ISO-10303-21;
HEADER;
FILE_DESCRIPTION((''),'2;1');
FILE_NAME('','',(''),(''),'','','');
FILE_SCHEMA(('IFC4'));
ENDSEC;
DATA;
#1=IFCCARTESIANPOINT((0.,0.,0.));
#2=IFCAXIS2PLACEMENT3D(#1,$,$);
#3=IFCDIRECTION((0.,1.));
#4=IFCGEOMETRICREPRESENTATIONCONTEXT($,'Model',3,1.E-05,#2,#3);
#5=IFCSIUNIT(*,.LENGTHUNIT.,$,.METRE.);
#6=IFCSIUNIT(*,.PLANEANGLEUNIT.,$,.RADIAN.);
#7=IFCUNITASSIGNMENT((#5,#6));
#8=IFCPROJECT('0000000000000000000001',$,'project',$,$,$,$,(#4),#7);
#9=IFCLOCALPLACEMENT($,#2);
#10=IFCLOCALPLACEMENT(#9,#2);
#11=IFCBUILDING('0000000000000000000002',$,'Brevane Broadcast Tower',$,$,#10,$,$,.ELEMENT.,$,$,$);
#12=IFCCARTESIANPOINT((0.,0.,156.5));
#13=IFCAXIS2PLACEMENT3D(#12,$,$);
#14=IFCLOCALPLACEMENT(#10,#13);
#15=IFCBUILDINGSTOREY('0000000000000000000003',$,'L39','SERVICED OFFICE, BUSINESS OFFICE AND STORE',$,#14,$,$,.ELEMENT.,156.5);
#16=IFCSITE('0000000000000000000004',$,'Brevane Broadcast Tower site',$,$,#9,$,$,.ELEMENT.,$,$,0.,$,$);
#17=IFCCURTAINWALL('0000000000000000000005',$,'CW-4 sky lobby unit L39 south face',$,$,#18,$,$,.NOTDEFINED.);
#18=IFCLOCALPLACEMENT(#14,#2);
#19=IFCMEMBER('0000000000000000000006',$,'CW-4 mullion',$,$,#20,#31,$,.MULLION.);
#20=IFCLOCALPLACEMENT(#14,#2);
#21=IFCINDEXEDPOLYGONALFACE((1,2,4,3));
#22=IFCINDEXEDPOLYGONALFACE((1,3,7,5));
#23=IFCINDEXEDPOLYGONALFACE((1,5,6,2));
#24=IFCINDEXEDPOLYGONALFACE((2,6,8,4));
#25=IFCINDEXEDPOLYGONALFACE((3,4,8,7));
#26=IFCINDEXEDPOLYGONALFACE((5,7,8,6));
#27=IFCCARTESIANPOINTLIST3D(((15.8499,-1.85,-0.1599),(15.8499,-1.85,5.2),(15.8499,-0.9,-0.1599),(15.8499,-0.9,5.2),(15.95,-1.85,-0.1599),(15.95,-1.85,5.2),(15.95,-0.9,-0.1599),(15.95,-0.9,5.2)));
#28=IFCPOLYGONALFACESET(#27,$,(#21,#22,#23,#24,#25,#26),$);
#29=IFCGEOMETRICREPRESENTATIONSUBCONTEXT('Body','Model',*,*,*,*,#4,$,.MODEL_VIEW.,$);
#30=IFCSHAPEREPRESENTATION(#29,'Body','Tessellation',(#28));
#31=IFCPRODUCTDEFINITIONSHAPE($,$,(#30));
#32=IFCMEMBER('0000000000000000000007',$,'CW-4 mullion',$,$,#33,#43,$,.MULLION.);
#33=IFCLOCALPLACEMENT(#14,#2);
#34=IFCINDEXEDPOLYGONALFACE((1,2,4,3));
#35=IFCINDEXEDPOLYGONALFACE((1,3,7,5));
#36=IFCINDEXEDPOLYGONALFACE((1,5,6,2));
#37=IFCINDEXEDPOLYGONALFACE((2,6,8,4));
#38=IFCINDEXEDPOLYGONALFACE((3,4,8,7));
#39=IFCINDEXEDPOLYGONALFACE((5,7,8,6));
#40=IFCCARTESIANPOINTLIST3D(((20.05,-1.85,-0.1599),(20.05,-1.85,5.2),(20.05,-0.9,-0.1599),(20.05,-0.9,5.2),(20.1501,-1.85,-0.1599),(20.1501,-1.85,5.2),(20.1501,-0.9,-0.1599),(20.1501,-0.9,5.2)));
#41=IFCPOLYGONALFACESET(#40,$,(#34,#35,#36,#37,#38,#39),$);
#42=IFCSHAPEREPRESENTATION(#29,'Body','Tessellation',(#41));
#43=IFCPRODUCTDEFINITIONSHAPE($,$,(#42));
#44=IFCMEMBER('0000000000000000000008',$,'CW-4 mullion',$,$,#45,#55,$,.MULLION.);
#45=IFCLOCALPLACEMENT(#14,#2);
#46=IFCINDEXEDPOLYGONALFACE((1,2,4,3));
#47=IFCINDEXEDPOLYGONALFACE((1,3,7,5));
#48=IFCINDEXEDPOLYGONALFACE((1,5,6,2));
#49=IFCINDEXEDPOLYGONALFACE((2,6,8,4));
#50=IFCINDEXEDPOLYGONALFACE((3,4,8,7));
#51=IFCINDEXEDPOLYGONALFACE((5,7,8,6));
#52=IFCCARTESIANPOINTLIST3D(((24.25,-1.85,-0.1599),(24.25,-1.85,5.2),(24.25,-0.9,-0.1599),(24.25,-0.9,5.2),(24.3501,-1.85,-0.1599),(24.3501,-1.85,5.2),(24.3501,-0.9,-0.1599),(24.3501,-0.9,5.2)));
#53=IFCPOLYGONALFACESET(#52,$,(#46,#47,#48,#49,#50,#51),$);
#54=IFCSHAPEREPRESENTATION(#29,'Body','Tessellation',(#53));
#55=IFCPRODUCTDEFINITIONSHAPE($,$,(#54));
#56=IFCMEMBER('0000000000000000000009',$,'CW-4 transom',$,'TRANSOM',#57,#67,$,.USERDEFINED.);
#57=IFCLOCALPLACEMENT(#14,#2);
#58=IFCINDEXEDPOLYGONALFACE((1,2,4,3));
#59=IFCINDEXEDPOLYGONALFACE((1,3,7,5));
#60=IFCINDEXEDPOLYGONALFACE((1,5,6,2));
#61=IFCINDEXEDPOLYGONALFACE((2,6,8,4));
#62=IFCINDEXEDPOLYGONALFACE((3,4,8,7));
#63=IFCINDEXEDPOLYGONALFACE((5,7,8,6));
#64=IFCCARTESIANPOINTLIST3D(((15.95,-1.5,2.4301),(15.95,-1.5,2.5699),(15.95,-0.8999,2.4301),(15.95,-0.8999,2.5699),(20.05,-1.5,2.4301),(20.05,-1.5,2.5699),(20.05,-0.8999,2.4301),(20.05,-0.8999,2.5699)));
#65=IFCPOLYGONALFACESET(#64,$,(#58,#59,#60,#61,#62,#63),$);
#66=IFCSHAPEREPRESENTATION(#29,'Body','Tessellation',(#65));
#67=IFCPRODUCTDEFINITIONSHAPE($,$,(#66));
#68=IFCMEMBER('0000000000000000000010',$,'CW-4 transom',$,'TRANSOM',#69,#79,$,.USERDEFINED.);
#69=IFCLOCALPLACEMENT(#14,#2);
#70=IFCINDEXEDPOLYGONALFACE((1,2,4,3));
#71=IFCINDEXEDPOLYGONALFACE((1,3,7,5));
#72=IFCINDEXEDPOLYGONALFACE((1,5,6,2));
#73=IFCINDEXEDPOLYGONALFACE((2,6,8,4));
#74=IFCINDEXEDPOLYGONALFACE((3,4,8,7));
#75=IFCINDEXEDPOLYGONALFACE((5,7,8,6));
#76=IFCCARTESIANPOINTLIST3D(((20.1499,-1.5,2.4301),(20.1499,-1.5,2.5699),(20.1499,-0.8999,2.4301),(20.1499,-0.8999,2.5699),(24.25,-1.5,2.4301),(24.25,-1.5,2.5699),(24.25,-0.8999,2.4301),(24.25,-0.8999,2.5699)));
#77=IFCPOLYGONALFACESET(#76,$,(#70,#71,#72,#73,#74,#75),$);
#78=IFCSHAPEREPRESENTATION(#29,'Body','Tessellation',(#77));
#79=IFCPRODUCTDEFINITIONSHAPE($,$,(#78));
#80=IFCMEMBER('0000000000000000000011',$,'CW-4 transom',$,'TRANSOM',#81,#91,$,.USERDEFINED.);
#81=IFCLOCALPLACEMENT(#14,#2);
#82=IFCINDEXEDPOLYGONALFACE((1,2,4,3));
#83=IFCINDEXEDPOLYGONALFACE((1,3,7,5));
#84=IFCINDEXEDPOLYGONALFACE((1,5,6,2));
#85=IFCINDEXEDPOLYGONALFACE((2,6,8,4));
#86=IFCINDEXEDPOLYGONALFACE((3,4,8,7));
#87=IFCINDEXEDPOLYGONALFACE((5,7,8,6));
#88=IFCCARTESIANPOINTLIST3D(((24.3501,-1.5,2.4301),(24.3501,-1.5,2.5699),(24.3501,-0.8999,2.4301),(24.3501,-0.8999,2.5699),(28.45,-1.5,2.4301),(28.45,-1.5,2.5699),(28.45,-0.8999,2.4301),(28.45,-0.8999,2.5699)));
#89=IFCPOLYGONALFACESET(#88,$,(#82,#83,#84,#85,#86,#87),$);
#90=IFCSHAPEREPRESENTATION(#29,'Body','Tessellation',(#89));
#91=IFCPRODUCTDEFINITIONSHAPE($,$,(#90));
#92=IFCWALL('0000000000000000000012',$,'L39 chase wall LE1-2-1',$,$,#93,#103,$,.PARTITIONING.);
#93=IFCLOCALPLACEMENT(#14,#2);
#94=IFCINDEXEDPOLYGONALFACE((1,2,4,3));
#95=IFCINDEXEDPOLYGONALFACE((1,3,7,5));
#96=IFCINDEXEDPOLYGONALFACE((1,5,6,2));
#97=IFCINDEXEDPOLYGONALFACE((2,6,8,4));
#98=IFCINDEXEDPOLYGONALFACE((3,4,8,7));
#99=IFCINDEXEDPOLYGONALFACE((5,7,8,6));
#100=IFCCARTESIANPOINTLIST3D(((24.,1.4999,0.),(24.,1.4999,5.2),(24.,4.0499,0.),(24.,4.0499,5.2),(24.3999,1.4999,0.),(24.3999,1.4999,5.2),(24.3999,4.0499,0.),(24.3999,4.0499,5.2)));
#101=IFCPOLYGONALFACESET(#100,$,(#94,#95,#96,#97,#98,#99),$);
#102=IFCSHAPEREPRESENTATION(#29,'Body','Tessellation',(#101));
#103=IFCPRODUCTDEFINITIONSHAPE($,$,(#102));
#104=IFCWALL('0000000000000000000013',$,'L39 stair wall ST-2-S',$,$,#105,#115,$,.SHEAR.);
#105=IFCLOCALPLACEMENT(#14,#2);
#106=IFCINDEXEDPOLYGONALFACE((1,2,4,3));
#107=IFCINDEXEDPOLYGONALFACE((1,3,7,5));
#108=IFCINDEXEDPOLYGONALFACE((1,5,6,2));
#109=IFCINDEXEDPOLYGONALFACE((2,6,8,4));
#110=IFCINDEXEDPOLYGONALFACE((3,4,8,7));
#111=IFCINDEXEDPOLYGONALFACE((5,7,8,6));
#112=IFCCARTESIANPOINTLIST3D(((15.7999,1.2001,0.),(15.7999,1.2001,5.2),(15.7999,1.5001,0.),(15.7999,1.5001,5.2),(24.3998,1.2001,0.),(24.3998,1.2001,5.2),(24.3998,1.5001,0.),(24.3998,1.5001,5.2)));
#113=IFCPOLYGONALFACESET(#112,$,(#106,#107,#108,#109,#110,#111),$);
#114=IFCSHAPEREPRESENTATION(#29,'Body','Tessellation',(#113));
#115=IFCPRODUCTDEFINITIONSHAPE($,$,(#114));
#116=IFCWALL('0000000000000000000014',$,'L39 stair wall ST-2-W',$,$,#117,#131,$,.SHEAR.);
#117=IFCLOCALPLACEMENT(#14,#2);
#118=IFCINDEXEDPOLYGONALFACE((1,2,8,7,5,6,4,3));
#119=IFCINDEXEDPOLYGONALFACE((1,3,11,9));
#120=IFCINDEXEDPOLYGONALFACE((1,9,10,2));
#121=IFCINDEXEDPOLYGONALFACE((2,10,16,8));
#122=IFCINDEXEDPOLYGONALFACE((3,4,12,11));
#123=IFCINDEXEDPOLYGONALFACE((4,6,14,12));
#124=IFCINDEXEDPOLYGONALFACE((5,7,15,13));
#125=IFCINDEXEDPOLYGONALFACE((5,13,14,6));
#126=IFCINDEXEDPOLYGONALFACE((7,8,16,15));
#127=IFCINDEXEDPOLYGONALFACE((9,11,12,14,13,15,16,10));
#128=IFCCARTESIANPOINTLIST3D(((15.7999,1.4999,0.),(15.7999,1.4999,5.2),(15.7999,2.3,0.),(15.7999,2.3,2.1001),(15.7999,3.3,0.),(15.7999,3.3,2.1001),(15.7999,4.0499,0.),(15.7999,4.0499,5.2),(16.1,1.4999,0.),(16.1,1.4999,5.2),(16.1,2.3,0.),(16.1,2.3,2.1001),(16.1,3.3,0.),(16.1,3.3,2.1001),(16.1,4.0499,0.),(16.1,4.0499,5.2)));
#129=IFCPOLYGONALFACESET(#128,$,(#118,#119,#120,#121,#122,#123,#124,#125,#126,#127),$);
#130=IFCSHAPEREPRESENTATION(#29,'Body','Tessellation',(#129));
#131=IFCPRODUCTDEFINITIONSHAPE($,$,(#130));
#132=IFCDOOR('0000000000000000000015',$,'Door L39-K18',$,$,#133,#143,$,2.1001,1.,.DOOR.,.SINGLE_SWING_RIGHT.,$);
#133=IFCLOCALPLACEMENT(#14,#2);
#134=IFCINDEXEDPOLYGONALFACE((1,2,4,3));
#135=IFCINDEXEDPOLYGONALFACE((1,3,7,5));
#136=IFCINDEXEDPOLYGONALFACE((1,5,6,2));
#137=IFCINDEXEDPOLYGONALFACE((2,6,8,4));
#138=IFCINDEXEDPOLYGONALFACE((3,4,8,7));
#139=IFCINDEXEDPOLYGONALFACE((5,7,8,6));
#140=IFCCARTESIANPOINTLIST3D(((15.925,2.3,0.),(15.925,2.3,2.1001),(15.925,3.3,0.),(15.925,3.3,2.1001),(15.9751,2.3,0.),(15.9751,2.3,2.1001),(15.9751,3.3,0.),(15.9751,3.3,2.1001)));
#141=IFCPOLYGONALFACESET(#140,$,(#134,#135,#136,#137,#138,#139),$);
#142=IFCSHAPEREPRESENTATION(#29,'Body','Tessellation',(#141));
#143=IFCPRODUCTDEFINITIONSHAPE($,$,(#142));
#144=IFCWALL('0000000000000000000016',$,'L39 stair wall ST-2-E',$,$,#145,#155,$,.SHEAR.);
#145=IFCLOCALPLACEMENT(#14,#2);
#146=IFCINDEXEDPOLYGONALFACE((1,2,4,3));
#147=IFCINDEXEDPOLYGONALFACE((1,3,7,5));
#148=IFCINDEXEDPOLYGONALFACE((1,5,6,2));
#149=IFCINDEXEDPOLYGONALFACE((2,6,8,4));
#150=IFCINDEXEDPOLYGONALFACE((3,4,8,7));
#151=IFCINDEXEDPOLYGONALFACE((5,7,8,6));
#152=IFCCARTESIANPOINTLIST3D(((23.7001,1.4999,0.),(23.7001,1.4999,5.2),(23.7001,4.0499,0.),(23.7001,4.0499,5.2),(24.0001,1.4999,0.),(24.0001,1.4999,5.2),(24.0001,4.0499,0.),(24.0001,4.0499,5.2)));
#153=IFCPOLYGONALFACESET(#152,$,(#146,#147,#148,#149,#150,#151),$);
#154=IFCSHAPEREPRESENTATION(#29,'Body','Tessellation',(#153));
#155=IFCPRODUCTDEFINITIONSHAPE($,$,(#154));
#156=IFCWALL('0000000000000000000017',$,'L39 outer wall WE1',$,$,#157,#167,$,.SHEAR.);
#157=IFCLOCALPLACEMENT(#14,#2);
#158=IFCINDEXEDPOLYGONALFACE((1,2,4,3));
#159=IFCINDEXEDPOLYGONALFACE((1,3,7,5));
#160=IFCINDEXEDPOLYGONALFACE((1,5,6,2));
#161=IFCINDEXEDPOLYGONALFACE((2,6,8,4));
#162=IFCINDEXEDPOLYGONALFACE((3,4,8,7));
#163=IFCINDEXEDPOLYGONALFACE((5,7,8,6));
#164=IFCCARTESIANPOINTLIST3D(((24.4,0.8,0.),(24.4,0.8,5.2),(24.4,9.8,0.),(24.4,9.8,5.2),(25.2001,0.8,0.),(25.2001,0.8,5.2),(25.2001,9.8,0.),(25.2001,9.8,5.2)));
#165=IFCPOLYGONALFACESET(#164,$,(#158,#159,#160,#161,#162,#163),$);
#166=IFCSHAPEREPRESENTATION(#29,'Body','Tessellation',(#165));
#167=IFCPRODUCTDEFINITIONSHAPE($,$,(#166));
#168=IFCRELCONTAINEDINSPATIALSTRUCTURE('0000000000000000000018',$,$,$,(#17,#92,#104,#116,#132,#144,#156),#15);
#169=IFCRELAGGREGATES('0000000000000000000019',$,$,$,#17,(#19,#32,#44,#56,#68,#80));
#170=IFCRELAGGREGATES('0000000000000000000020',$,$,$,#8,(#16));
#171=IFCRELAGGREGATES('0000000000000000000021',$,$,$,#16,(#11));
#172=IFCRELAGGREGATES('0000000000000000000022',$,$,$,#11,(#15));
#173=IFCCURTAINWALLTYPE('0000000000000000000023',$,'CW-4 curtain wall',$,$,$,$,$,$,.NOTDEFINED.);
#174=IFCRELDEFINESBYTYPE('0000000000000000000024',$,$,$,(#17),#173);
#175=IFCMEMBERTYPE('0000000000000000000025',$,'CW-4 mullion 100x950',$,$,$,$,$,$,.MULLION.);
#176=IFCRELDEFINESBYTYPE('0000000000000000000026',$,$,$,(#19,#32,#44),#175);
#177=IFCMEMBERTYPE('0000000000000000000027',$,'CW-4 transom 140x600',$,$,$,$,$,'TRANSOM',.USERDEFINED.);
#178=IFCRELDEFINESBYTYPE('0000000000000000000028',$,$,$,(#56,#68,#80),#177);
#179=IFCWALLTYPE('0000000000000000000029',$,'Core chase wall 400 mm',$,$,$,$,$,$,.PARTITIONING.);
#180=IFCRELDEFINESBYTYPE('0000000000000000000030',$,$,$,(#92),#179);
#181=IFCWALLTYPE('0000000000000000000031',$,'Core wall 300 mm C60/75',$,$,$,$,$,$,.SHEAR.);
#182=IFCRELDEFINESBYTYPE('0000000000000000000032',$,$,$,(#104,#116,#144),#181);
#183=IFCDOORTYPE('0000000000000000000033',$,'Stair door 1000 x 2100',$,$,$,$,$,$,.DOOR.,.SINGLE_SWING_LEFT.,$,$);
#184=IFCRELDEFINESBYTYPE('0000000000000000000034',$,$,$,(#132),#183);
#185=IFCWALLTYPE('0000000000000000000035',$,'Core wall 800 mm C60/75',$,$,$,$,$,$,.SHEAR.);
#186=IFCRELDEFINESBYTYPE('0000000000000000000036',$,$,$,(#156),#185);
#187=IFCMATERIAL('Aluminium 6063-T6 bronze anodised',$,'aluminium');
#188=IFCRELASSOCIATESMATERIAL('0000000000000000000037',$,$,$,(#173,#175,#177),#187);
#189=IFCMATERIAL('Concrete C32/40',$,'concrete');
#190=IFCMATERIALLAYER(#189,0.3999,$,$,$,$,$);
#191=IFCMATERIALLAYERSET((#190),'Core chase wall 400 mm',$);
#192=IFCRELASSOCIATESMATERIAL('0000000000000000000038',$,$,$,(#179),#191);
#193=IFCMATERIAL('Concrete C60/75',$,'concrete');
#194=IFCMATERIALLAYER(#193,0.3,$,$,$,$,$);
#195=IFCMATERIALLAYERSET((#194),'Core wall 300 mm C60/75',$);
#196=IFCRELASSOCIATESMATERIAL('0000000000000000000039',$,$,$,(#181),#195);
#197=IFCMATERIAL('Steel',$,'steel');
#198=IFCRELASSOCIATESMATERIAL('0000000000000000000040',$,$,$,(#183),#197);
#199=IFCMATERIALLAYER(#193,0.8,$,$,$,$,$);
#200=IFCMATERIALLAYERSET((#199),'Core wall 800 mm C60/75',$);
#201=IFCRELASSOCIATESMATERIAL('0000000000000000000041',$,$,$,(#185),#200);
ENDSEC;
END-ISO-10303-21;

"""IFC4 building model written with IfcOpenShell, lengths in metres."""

from ifc_helpers import new_model, si_unit, direction, frame, frame_2d, origin, origin_2d, place, context, subcontext, project, spatial, rectangle, extrude, material, layer, layer_set, material_profile, profile_set, type_object, element, fill, aggregate, save


model = new_model("IFC4")

# Units and contexts
model_context = context("Model", 3, precision=1e-05, world=origin(), true_north=direction((0.0, 1.0)))
body_context = subcontext(model_context, "Body", "Model", "MODEL_VIEW")
ifc_project = project(units=[si_unit("LENGTHUNIT", "METRE"), si_unit("PLANEANGLEUNIT", "RADIAN")], contexts=[model_context])

# Site, building, storey
site_placement = place(None, origin())
site = spatial("IfcSite", under=ifc_project, at=site_placement, Name="Brevane Broadcast Tower site", CompositionType="ELEMENT", RefElevation=0.0)
building_placement = place(site_placement, origin())
building = spatial("IfcBuilding", under=site, at=building_placement, Name="Brevane Broadcast Tower", CompositionType="ELEMENT")
storey_placement = place(building_placement, frame((0.0, 0.0, 156.5)))
storey = spatial("IfcBuildingStorey", under=building, at=storey_placement, Name="L39", Description="SERVICED OFFICE, BUSINESS OFFICE AND STORE", CompositionType="ELEMENT", Elevation=156.5)

# Curtain wall, members
ifc_material_1 = material(Name="Aluminium 6063-T6 bronze anodised", Category="aluminium")
curtain_wall_type = type_object("IfcCurtainWallType", Name="CW-4 curtain wall", PredefinedType="NOTDEFINED", material=ifc_material_1)
curtain_wall_placement = place(storey_placement, origin())
curtain_wall = element("IfcCurtainWall", 1, at=curtain_wall_placement, inside=storey, type_object=curtain_wall_type, Name="CW-4 sky lobby unit L39 south face", PredefinedType="NOTDEFINED")
ifc_material_profile_1 = material_profile(ifc_material_1, rectangle(XDim=0.95, YDim=0.1001, at=origin_2d()), Name="RECT 100x950")
ifc_profile_set_1 = profile_set([ifc_material_profile_1], Name="Aluminium 6063-T6 bronze anodised")
member_type_1 = type_object("IfcMemberType", Name="CW-4 mullion 100x950", PredefinedType="MULLION", material=ifc_profile_set_1)
member_1_placement = place(storey_placement, frame((15.8999, -1.375, -0.1599), z_axis=(0.0, 0.0, 1.0), x_axis=(0.0, 1.0, 0.0)))
member_1 = element("IfcMember", 2, at=member_1_placement, type_object=member_type_1, Name="CW-4 mullion", PredefinedType="MULLION", context=body_context, shape_type="SweptSolid", body=[
    extrude(rectangle(XDim=0.95, YDim=0.1001, at=origin_2d()), origin(), (0.0, 0.0, 1.0), 5.3599),
])
member_2_placement = place(storey_placement, frame((20.1001, -1.375, -0.1599), z_axis=(0.0, 0.0, 1.0), x_axis=(0.0, 1.0, 0.0)))
member_2 = element("IfcMember", 3, at=member_2_placement, type_object=member_type_1, Name="CW-4 mullion", PredefinedType="MULLION", context=body_context, shape_type="SweptSolid", body=[
    extrude(rectangle(XDim=0.95, YDim=0.1001, at=origin_2d()), origin(), (0.0, 0.0, 1.0), 5.3599),
])
member_3_placement = place(storey_placement, frame((24.3, -1.375, -0.1599), z_axis=(0.0, 0.0, 1.0), x_axis=(0.0, 1.0, 0.0)))
member_3 = element("IfcMember", 4, at=member_3_placement, type_object=member_type_1, Name="CW-4 mullion", PredefinedType="MULLION", context=body_context, shape_type="SweptSolid", body=[
    extrude(rectangle(XDim=0.95, YDim=0.1001, at=origin_2d()), origin(), (0.0, 0.0, 1.0), 5.3599),
])
ifc_material_profile_2 = material_profile(ifc_material_1, rectangle(XDim=0.6001, YDim=0.1399, at=origin_2d()), Name="RECT 140x600")
ifc_profile_set_2 = profile_set([ifc_material_profile_2], Name="Aluminium 6063-T6 bronze anodised")
member_type_2 = type_object("IfcMemberType", Name="CW-4 transom 140x600", ElementType="TRANSOM", PredefinedType="USERDEFINED", material=ifc_profile_set_2)
member_4_placement = place(storey_placement, frame((15.95, -1.2, 2.5), z_axis=(1.0, 0.0, 0.0), x_axis=(0.0, 1.0, 0.0)))
member_4 = element("IfcMember", 5, at=member_4_placement, type_object=member_type_2, Name="CW-4 transom", ObjectType="TRANSOM", PredefinedType="USERDEFINED", context=body_context, shape_type="SweptSolid", body=[
    extrude(rectangle(XDim=0.6001, YDim=0.1399, at=origin_2d()), origin(), (0.0, 0.0, 1.0), 4.1001),
])
member_5_placement = place(storey_placement, frame((20.1499, -1.2, 2.5), z_axis=(1.0, 0.0, 0.0), x_axis=(0.0, 1.0, 0.0)))
member_5 = element("IfcMember", 6, at=member_5_placement, type_object=member_type_2, Name="CW-4 transom", ObjectType="TRANSOM", PredefinedType="USERDEFINED", context=body_context, shape_type="SweptSolid", body=[
    extrude(rectangle(XDim=0.6001, YDim=0.1399, at=origin_2d()), origin(), (0.0, 0.0, 1.0), 4.1001),
])
member_6_placement = place(storey_placement, frame((24.3501, -1.2, 2.5), z_axis=(1.0, 0.0, 0.0), x_axis=(0.0, 1.0, 0.0)))
member_6 = element("IfcMember", 7, at=member_6_placement, type_object=member_type_2, Name="CW-4 transom", ObjectType="TRANSOM", PredefinedType="USERDEFINED", context=body_context, shape_type="SweptSolid", body=[
    extrude(rectangle(XDim=0.6001, YDim=0.1399, at=origin_2d()), origin(), (0.0, 0.0, 1.0), 4.0999),
])
aggregate(curtain_wall, [member_1, member_2, member_3, member_4, member_5, member_6])

# Walls
ifc_material_2 = material(Name="Concrete C32/40", Category="concrete")
ifc_layer_1 = layer(ifc_material_2, 0.3999)
ifc_layer_set_1 = layer_set([ifc_layer_1], Name="Core chase wall 400 mm")
wall_type_1 = type_object("IfcWallType", Name="Core chase wall 400 mm", PredefinedType="PARTITIONING", material=ifc_layer_set_1)
wall_1_placement = place(storey_placement, frame((24.2, 1.5, 0.0), z_axis=(0.0, 0.0, 1.0), x_axis=(0.0, 1.0, 0.0)))
element("IfcWall", 8, at=wall_1_placement, inside=storey, type_object=wall_type_1, Name="L39 chase wall LE1-2-1", PredefinedType="PARTITIONING", context=body_context, shape_type="SweptSolid", body=[
    extrude(rectangle(XDim=2.55, YDim=0.3999, at=frame_2d((1.2749, 0.0))), origin(), (0.0, 0.0, 1.0), 5.2),
])
ifc_material_3 = material(Name="Concrete C60/75", Category="concrete")
ifc_layer_2 = layer(ifc_material_3, 0.3)
ifc_layer_set_2 = layer_set([ifc_layer_2], Name="Core wall 300 mm C60/75")
wall_type_2 = type_object("IfcWallType", Name="Core wall 300 mm C60/75", PredefinedType="SHEAR", material=ifc_layer_set_2)
wall_2_placement = place(storey_placement, frame((15.8, 1.3501, 0.0), z_axis=(0.0, 0.0, 1.0), x_axis=(1.0, 0.0, 0.0)))
element("IfcWall", 9, at=wall_2_placement, inside=storey, type_object=wall_type_2, Name="L39 stair wall ST-2-S", PredefinedType="SHEAR", context=body_context, shape_type="SweptSolid", body=[
    extrude(rectangle(XDim=8.5999, YDim=0.3, at=frame_2d((4.2998, 0.0))), origin(), (0.0, 0.0, 1.0), 5.2),
])

# Wall, opening, door
wall_3_placement = place(storey_placement, frame((15.95, 1.5, 0.0), z_axis=(0.0, 0.0, 1.0), x_axis=(0.0, 1.0, 0.0)))
wall_3 = element("IfcWall", 10, at=wall_3_placement, inside=storey, type_object=wall_type_2, Name="L39 stair wall ST-2-W", PredefinedType="SHEAR", context=body_context, shape_type="SweptSolid", body=[
    extrude(rectangle(XDim=2.55, YDim=0.3, at=frame_2d((1.2749, 0.0))), origin(), (0.0, 0.0, 1.0), 5.2),
])
opening_placement = place(wall_3_placement, frame((0.8, 0.0, 0.0)))
opening = element("IfcOpeningElement", 11, at=opening_placement, cuts=wall_3, PredefinedType="OPENING", context=body_context, shape_type="SweptSolid", body=[
    extrude(rectangle(XDim=1.0, YDim=2.1001, at=frame_2d((0.5, 1.05))), frame((0.0, 0.1599, 0.0), z_axis=(0.0, -1.0, 0.0), x_axis=(1.0, 0.0, 0.0)), (0.0, 0.0, 1.0), 0.3201),
])
ifc_material_4 = material(Name="Steel", Category="steel")
door_type = type_object("IfcDoorType", Name="Stair door 1000 x 2100", OperationType="SINGLE_SWING_LEFT", PredefinedType="DOOR", material=ifc_material_4)
door_placement = place(opening_placement, origin())
door = element("IfcDoor", 12, at=door_placement, inside=storey, type_object=door_type, Name="Door L39-K18", OperationType="SINGLE_SWING_RIGHT", OverallHeight=2.1001, OverallWidth=1.0, PredefinedType="DOOR", context=body_context, shape_type="SweptSolid", body=[
    extrude(rectangle(XDim=1.0, YDim=2.1001, at=frame_2d((0.5, 1.05))), frame((0.0, 0.0249, 0.0), z_axis=(0.0, -1.0, 0.0), x_axis=(1.0, 0.0, 0.0)), (0.0, 0.0, 1.0), 0.05),
])
fill(opening, door)

# Walls
wall_4_placement = place(storey_placement, frame((23.8501, 1.5, 0.0), z_axis=(0.0, 0.0, 1.0), x_axis=(0.0, 1.0, 0.0)))
element("IfcWall", 13, at=wall_4_placement, inside=storey, type_object=wall_type_2, Name="L39 stair wall ST-2-E", PredefinedType="SHEAR", context=body_context, shape_type="SweptSolid", body=[
    extrude(rectangle(XDim=2.55, YDim=0.3, at=frame_2d((1.2749, 0.0))), origin(), (0.0, 0.0, 1.0), 5.2),
])
ifc_layer_3 = layer(ifc_material_3, 0.8)
ifc_layer_set_3 = layer_set([ifc_layer_3], Name="Core wall 800 mm C60/75")
wall_type_3 = type_object("IfcWallType", Name="Core wall 800 mm C60/75", PredefinedType="SHEAR", material=ifc_layer_set_3)
wall_5_placement = place(storey_placement, frame((24.8, 0.8, 0.0), z_axis=(0.0, 0.0, 1.0), x_axis=(0.0, 1.0, 0.0)))
element("IfcWall", 14, at=wall_5_placement, inside=storey, type_object=wall_type_3, Name="L39 outer wall WE1", PredefinedType="SHEAR", context=body_context, shape_type="SweptSolid", body=[
    extrude(rectangle(XDim=9.0, YDim=0.8, at=frame_2d((4.5, 0.0))), origin(), (0.0, 0.0, 1.0), 5.2),
])

save(model, "model.ifc")
